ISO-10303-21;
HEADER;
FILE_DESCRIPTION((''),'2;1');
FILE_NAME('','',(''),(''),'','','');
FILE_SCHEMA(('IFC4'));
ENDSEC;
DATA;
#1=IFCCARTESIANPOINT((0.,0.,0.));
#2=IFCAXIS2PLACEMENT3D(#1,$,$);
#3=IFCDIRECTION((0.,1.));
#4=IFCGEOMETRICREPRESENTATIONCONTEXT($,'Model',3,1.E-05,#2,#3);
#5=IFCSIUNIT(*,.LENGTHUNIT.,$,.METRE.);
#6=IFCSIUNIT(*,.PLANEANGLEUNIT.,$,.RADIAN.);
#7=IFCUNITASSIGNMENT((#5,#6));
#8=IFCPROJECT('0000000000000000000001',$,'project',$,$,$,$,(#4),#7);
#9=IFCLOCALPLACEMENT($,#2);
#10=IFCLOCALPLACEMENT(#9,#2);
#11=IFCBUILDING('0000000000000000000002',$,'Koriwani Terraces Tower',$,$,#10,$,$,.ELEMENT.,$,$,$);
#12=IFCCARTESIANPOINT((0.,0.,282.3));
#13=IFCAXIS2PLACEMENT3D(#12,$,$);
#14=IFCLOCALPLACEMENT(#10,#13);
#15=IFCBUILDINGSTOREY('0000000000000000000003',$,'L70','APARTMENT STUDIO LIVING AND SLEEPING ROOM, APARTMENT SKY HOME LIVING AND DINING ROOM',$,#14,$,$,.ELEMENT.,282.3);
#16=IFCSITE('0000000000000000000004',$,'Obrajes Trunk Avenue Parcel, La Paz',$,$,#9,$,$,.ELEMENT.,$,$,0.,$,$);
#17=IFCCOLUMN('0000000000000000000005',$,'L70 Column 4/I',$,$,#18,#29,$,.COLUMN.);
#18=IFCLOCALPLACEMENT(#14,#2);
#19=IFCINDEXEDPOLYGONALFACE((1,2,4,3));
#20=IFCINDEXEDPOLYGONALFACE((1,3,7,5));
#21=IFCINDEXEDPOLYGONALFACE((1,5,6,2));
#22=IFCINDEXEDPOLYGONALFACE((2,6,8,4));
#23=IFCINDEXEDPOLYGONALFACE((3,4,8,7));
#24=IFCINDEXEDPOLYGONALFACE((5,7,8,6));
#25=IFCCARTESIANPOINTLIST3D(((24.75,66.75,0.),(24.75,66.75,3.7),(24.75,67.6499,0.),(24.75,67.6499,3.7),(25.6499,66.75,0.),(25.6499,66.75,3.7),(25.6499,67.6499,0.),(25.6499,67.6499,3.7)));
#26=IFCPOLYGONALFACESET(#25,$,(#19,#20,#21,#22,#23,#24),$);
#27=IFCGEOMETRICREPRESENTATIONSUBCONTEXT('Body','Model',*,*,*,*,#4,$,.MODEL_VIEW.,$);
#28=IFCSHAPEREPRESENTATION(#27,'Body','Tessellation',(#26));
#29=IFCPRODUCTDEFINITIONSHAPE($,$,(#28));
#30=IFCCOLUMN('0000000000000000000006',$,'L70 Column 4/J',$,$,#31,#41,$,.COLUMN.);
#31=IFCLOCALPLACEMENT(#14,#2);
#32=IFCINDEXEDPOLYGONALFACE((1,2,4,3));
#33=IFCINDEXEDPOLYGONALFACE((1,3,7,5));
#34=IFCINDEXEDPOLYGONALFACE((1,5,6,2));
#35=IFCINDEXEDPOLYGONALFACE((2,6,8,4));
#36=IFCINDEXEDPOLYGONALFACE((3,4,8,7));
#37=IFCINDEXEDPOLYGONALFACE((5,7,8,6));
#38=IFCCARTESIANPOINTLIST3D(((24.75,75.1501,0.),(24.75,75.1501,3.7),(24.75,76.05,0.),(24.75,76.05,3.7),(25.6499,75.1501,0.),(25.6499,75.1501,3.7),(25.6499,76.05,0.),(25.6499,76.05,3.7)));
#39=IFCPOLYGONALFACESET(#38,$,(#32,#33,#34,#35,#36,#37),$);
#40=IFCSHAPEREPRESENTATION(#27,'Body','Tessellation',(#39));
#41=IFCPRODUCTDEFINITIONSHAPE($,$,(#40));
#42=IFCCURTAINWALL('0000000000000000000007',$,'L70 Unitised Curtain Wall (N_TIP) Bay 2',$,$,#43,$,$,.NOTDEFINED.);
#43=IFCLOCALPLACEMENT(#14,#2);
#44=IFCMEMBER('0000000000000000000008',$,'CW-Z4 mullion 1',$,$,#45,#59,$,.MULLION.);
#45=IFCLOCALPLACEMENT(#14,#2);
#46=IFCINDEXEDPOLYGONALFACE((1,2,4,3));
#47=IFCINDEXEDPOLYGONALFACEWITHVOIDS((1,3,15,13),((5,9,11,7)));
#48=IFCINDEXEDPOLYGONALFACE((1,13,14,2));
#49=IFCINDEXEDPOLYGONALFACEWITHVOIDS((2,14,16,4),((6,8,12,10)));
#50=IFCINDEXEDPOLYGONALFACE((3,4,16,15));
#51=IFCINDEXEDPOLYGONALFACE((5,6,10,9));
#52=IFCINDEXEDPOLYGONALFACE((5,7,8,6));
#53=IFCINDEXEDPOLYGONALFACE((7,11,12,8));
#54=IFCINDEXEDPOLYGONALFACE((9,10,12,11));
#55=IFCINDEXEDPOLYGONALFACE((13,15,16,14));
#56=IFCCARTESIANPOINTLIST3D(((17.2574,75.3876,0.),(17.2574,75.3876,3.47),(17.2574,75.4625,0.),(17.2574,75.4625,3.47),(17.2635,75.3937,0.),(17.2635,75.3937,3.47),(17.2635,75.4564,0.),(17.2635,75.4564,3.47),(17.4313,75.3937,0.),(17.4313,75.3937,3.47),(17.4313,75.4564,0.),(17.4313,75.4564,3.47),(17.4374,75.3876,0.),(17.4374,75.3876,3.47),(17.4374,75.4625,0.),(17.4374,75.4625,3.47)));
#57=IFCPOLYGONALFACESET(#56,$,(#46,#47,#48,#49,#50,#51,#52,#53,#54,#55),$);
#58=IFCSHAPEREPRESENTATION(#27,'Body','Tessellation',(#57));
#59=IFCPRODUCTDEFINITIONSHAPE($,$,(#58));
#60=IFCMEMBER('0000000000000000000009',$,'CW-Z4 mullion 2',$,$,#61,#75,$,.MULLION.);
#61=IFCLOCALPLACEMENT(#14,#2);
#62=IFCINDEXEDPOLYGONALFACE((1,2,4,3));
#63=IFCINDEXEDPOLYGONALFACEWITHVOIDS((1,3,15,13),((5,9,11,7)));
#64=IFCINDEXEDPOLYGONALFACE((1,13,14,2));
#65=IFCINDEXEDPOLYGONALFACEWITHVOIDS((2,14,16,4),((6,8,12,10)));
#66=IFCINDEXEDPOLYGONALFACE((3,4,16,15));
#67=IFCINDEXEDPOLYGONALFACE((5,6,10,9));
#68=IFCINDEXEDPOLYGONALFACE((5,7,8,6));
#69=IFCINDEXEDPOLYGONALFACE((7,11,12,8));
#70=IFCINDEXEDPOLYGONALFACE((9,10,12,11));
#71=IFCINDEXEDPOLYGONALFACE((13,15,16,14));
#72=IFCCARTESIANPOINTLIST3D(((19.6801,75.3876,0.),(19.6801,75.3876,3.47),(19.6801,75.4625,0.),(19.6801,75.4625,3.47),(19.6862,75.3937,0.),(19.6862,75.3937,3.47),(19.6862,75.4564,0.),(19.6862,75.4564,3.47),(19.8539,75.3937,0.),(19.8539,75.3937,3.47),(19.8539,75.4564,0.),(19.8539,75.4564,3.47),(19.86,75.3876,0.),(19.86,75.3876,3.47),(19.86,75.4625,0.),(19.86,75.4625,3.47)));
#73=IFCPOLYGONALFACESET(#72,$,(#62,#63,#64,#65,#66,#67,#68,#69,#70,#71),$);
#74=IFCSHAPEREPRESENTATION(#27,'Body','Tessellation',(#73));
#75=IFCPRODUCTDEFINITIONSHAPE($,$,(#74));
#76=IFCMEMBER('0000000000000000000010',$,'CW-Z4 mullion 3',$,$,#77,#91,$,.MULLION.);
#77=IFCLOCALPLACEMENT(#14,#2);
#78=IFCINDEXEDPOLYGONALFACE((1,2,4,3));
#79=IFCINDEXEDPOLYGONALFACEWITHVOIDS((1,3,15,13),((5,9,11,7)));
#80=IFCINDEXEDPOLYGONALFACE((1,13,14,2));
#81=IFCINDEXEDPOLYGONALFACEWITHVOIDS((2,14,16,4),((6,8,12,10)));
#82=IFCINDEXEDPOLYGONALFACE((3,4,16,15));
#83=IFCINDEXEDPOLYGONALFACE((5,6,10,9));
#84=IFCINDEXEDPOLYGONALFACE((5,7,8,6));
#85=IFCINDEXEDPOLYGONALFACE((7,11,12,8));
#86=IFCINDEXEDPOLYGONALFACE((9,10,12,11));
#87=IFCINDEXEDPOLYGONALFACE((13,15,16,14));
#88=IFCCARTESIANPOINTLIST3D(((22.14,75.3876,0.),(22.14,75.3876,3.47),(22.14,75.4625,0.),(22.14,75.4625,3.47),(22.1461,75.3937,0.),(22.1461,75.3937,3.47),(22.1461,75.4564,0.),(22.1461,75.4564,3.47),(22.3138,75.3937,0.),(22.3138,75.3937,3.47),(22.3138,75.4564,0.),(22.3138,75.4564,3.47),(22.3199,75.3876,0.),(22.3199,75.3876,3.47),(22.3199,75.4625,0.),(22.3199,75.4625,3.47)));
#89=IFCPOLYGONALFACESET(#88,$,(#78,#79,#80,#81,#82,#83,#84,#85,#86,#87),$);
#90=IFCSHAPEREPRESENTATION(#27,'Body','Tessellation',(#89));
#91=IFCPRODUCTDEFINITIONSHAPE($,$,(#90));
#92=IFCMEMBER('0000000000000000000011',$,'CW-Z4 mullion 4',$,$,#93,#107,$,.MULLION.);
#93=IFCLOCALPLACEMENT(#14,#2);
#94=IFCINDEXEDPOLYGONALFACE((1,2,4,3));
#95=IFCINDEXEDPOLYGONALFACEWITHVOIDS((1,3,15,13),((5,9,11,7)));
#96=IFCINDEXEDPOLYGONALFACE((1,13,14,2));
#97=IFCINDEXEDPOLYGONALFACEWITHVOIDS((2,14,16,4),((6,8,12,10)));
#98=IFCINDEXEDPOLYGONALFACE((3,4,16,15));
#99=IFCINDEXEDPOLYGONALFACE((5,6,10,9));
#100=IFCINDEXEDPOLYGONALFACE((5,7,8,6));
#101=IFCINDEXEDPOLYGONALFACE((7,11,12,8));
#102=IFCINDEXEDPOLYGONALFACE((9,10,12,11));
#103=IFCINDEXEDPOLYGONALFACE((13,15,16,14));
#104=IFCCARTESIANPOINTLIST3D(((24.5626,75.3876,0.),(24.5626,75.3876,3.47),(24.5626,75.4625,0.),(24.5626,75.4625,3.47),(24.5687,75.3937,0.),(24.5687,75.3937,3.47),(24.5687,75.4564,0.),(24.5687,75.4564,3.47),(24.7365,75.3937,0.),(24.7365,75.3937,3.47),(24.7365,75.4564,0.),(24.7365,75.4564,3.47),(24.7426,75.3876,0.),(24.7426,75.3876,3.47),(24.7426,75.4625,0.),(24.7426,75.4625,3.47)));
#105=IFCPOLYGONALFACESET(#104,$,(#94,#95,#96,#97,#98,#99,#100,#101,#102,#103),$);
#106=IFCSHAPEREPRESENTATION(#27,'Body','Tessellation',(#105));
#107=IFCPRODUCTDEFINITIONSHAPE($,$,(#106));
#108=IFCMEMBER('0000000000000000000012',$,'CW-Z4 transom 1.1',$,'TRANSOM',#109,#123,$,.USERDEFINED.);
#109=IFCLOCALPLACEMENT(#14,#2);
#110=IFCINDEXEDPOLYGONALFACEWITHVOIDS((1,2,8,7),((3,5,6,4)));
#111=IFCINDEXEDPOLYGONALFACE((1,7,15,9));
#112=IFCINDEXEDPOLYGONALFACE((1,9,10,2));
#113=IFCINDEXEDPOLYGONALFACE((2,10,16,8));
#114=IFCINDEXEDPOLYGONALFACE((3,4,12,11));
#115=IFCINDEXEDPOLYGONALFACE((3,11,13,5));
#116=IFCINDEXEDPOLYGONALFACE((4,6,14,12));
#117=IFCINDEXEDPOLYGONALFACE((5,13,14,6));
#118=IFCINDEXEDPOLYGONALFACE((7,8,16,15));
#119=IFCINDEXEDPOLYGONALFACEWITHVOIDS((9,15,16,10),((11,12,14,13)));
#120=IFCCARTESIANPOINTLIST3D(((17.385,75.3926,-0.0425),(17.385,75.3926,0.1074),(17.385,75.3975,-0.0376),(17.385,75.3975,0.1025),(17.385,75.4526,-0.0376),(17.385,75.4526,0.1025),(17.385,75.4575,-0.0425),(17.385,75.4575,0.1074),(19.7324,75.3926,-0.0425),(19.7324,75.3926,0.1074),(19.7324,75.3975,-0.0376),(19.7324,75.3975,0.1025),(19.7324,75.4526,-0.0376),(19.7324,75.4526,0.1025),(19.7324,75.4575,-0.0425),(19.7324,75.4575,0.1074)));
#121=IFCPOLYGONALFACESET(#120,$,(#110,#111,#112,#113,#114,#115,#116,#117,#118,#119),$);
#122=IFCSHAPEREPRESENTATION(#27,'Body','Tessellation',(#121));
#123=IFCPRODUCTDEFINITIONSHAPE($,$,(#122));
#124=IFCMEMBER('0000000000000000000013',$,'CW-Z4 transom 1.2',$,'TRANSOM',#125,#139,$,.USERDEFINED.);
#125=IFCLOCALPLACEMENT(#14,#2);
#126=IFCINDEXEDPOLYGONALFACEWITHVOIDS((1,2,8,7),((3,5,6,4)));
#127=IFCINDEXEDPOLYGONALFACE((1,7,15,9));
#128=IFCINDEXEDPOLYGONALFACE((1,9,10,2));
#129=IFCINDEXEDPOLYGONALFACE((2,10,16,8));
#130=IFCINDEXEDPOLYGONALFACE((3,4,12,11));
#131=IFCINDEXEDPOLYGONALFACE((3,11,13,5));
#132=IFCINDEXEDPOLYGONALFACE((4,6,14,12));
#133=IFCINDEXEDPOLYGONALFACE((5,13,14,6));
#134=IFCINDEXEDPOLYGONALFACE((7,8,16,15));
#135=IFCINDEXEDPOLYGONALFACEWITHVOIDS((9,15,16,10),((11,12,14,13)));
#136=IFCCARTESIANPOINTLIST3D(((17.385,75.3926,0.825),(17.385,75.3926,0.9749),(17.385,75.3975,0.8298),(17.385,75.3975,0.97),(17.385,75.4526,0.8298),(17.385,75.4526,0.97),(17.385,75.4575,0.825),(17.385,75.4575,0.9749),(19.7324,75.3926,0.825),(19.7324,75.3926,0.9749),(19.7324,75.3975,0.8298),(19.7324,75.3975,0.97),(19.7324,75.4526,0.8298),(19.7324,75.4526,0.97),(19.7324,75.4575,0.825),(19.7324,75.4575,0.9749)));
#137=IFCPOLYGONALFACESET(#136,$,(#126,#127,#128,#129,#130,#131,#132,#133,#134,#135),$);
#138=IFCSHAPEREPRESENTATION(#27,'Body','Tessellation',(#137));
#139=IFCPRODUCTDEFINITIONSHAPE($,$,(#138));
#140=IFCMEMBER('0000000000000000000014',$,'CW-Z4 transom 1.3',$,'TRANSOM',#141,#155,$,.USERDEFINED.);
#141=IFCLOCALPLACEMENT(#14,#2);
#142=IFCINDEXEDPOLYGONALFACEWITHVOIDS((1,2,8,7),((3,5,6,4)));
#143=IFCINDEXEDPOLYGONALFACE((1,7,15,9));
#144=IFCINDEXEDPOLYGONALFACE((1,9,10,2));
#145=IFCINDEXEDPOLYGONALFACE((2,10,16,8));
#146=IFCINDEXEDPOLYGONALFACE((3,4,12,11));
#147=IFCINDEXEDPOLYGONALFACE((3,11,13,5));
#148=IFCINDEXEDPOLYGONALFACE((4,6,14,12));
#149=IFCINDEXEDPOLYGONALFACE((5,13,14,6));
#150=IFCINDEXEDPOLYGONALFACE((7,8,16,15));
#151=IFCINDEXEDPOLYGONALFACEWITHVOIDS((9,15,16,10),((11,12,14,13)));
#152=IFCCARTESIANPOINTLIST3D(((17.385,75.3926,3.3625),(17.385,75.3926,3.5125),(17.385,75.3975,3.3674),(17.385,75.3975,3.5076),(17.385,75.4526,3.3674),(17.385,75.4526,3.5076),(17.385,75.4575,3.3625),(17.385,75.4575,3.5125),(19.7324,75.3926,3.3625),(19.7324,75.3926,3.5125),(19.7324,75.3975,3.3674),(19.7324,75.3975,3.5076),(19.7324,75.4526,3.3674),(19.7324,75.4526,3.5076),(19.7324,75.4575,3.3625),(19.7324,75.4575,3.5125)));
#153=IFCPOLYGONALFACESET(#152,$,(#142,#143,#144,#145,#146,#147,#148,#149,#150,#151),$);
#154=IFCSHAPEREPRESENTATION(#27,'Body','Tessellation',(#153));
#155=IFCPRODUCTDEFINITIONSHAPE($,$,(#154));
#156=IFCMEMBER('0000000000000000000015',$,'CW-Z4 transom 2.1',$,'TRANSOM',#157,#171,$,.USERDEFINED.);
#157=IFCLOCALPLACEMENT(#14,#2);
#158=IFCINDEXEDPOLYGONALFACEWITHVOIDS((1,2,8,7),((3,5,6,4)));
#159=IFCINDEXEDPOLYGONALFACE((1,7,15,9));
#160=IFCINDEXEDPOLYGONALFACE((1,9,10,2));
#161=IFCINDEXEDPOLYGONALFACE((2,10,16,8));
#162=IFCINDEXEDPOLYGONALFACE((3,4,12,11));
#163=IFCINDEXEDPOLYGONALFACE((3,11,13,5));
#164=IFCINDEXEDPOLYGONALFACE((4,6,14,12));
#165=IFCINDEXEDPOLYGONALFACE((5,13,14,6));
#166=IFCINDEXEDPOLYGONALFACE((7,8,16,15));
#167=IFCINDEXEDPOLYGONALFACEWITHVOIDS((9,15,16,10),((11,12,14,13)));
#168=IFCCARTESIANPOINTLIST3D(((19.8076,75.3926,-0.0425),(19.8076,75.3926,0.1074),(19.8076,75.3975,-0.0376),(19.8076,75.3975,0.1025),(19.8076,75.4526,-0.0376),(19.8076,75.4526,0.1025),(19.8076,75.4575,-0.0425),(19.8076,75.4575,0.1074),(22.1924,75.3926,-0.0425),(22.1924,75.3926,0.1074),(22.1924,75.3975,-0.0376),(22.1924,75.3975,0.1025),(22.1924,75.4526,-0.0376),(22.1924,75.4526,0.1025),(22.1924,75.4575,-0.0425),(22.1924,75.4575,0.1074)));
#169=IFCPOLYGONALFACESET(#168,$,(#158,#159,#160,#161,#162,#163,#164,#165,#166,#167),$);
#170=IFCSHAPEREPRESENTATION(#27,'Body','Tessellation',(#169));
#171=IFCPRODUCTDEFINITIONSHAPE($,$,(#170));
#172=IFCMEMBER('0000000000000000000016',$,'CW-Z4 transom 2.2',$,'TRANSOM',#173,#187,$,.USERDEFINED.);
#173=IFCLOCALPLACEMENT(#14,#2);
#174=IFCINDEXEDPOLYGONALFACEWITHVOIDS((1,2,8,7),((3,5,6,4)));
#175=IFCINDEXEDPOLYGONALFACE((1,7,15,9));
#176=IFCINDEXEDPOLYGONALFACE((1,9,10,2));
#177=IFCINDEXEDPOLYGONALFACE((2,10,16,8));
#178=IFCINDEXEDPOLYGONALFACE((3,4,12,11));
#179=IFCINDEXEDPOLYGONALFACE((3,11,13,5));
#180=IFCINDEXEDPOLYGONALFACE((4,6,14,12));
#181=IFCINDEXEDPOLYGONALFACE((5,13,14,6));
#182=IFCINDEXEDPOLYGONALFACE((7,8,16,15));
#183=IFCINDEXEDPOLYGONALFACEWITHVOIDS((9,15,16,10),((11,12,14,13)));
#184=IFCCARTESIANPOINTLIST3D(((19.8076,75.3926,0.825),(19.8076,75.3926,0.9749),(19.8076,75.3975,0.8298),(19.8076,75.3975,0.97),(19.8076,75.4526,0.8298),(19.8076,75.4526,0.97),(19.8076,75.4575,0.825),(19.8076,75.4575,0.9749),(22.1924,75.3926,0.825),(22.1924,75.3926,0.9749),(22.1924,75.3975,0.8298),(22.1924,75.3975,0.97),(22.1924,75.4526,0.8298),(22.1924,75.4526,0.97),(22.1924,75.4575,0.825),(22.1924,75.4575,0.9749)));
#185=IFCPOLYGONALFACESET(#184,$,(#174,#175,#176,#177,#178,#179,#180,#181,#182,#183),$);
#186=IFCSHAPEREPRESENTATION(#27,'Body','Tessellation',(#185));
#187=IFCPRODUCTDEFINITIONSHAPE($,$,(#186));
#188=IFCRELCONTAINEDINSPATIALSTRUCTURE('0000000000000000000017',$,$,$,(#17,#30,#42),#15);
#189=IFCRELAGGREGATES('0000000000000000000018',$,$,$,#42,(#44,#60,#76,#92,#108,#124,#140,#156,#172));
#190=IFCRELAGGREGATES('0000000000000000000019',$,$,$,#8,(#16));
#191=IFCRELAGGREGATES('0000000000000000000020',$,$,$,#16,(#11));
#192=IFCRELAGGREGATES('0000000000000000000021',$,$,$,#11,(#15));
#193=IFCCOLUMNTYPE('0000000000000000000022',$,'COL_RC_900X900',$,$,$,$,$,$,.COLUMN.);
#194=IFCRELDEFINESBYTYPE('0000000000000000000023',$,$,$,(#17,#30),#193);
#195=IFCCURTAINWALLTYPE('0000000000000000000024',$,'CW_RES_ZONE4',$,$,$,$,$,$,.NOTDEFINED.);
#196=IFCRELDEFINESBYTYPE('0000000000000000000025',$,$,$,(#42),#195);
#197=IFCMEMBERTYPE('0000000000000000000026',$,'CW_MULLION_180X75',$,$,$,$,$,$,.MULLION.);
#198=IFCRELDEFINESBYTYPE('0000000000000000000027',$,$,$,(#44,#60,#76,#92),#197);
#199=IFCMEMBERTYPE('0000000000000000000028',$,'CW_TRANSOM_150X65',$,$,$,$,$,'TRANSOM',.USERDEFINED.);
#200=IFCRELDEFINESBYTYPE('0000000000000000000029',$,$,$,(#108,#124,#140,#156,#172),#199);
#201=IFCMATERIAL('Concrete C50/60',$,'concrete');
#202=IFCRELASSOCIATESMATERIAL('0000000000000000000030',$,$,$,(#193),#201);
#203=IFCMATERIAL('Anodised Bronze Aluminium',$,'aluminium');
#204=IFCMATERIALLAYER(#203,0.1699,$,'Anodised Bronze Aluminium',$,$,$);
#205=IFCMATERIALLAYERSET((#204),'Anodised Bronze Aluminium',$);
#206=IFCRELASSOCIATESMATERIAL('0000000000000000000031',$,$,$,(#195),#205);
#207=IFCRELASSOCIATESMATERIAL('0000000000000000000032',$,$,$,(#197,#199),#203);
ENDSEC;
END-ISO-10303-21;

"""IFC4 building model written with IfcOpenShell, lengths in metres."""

from ifc_helpers import new_model, si_unit, direction, frame, origin, origin_2d, place, context, subcontext, project, spatial, rectangle, hollow_rectangle, extrude, material, layer, layer_set, material_profile, profile_set, type_object, element, aggregate, save


model = new_model("IFC4")

# Units and contexts
model_context = context("Model", 3, precision=1e-05, world=origin(), true_north=direction((0.0, 1.0)))
body_context = subcontext(model_context, "Body", "Model", "MODEL_VIEW")
ifc_project = project(units=[si_unit("LENGTHUNIT", "METRE"), si_unit("PLANEANGLEUNIT", "RADIAN")], contexts=[model_context])

# Site, building, storey
site_placement = place(None, origin())
site = spatial("IfcSite", under=ifc_project, at=site_placement, Name="Obrajes Trunk Avenue Parcel, La Paz", CompositionType="ELEMENT", RefElevation=0.0)
building_placement = place(site_placement, origin())
building = spatial("IfcBuilding", under=site, at=building_placement, Name="Koriwani Terraces Tower", CompositionType="ELEMENT")
storey_placement = place(building_placement, frame((0.0, 0.0, 282.3)))
storey = spatial("IfcBuildingStorey", under=building, at=storey_placement, Name="L70", Description="APARTMENT STUDIO LIVING AND SLEEPING ROOM, APARTMENT SKY HOME LIVING AND DINING ROOM", CompositionType="ELEMENT", Elevation=282.3)

# Columns
ifc_material_1 = material(Name="Concrete C50/60", Category="concrete")
ifc_material_profile_1 = material_profile(ifc_material_1, rectangle(XDim=0.8999, YDim=0.8999, at=origin_2d()), Name="Concrete C50/60", Category="LoadBearing")
ifc_profile_set_1 = profile_set([ifc_material_profile_1], Name="Concrete C50/60")
column_type = type_object("IfcColumnType", Name="COL_RC_900X900", PredefinedType="COLUMN", material=ifc_profile_set_1)
for number, where, z_axis, x_axis, name in (
    (1, (25.2, 67.2, 0.0), (0.0, 0.0, 1.0), (1.0, 0.0, 0.0), "L70 Column 4/I"),
    (2, (25.2, 75.6001, 0.0), (0.0, 0.0, 1.0), (1.0, 0.0, 0.0), "L70 Column 4/J"),
):
    element("IfcColumn", number, at=place(storey_placement, frame(where, z_axis=z_axis, x_axis=x_axis)), inside=storey, type_object=column_type, Name=name, PredefinedType="COLUMN", context=body_context, shape_type="SweptSolid", body=[
        extrude(rectangle(XDim=0.8999, YDim=0.8999, at=origin_2d()), origin(), (0.0, 0.0, 1.0), 3.7),
    ])

# Curtain wall, members
ifc_material_2 = material(Name="Anodised Bronze Aluminium", Category="aluminium")
ifc_layer_1 = layer(ifc_material_2, 0.1699, Name="Anodised Bronze Aluminium")
ifc_layer_set_1 = layer_set([ifc_layer_1], Name="Anodised Bronze Aluminium")
curtain_wall_type = type_object("IfcCurtainWallType", Name="CW_RES_ZONE4", PredefinedType="NOTDEFINED", material=ifc_layer_set_1)
curtain_wall_placement = place(storey_placement, origin())
curtain_wall = element("IfcCurtainWall", 3, at=curtain_wall_placement, inside=storey, type_object=curtain_wall_type, Name="L70 Unitised Curtain Wall (N_TIP) Bay 2", PredefinedType="NOTDEFINED")
ifc_material_profile_2 = material_profile(ifc_material_2, hollow_rectangle(XDim=0.075, YDim=0.1799, WallThickness=0.0061, at=origin_2d()), Name="Anodised Bronze Aluminium", Category="LoadBearing")
ifc_profile_set_2 = profile_set([ifc_material_profile_2], Name="Anodised Bronze Aluminium")
member_type_1 = type_object("IfcMemberType", Name="CW_MULLION_180X75", PredefinedType="MULLION", material=ifc_profile_set_2)
member_1_placement = place(storey_placement, frame((17.3474, 75.425, 0.0), z_axis=(0.0, 0.0, 1.0), x_axis=(0.0, 1.0, 0.0)))
member_1 = element("IfcMember", 4, at=member_1_placement, type_object=member_type_1, Name="CW-Z4 mullion 1", PredefinedType="MULLION", context=body_context, shape_type="SweptSolid", body=[
    extrude(hollow_rectangle(XDim=0.075, YDim=0.1799, WallThickness=0.0061, at=origin_2d()), origin(), (0.0, 0.0, 1.0), 3.47),
])
member_2_placement = place(storey_placement, frame((19.77, 75.425, 0.0), z_axis=(0.0, 0.0, 1.0), x_axis=(0.0, 1.0, 0.0)))
member_2 = element("IfcMember", 5, at=member_2_placement, type_object=member_type_1, Name="CW-Z4 mullion 2", PredefinedType="MULLION", context=body_context, shape_type="SweptSolid", body=[
    extrude(hollow_rectangle(XDim=0.075, YDim=0.1799, WallThickness=0.0061, at=origin_2d()), origin(), (0.0, 0.0, 1.0), 3.47),
])
member_3_placement = place(storey_placement, frame((22.23, 75.425, 0.0), z_axis=(0.0, 0.0, 1.0), x_axis=(0.0, 1.0, 0.0)))
member_3 = element("IfcMember", 6, at=member_3_placement, type_object=member_type_1, Name="CW-Z4 mullion 3", PredefinedType="MULLION", context=body_context, shape_type="SweptSolid", body=[
    extrude(hollow_rectangle(XDim=0.075, YDim=0.1799, WallThickness=0.0061, at=origin_2d()), origin(), (0.0, 0.0, 1.0), 3.47),
])
member_4_placement = place(storey_placement, frame((24.6526, 75.425, 0.0), z_axis=(0.0, 0.0, 1.0), x_axis=(0.0, 1.0, 0.0)))
member_4 = element("IfcMember", 7, at=member_4_placement, type_object=member_type_1, Name="CW-Z4 mullion 4", PredefinedType="MULLION", context=body_context, shape_type="SweptSolid", body=[
    extrude(hollow_rectangle(XDim=0.075, YDim=0.1799, WallThickness=0.0061, at=origin_2d()), origin(), (0.0, 0.0, 1.0), 3.47),
])
ifc_material_profile_3 = material_profile(ifc_material_2, hollow_rectangle(XDim=0.0649, YDim=0.1499, WallThickness=0.0049, at=origin_2d()), Name="Anodised Bronze Aluminium", Category="LoadBearing")
ifc_profile_set_3 = profile_set([ifc_material_profile_3], Name="Anodised Bronze Aluminium")
member_type_2 = type_object("IfcMemberType", Name="CW_TRANSOM_150X65", ElementType="TRANSOM", PredefinedType="USERDEFINED", material=ifc_profile_set_3)
member_5_placement = place(storey_placement, frame((17.385, 75.425, 0.0325), z_axis=(1.0, 0.0, 0.0), x_axis=(0.0, 1.0, 0.0)))
member_5 = element("IfcMember", 8, at=member_5_placement, type_object=member_type_2, Name="CW-Z4 transom 1.1", ObjectType="TRANSOM", PredefinedType="USERDEFINED", context=body_context, shape_type="SweptSolid", body=[
    extrude(hollow_rectangle(XDim=0.0649, YDim=0.1499, WallThickness=0.0049, at=origin_2d()), origin(), (0.0, 0.0, 1.0), 2.3474),
])
member_6_placement = place(storey_placement, frame((17.385, 75.425, 0.8999), z_axis=(1.0, 0.0, 0.0), x_axis=(0.0, 1.0, 0.0)))
member_6 = element("IfcMember", 9, at=member_6_placement, type_object=member_type_2, Name="CW-Z4 transom 1.2", ObjectType="TRANSOM", PredefinedType="USERDEFINED", context=body_context, shape_type="SweptSolid", body=[
    extrude(hollow_rectangle(XDim=0.0649, YDim=0.1499, WallThickness=0.0049, at=origin_2d()), origin(), (0.0, 0.0, 1.0), 2.3474),
])
member_7_placement = place(storey_placement, frame((17.385, 75.425, 3.4375), z_axis=(1.0, 0.0, 0.0), x_axis=(0.0, 1.0, 0.0)))
member_7 = element("IfcMember", 10, at=member_7_placement, type_object=member_type_2, Name="CW-Z4 transom 1.3", ObjectType="TRANSOM", PredefinedType="USERDEFINED", context=body_context, shape_type="SweptSolid", body=[
    extrude(hollow_rectangle(XDim=0.0649, YDim=0.1499, WallThickness=0.0049, at=origin_2d()), origin(), (0.0, 0.0, 1.0), 2.3474),
])
member_8_placement = place(storey_placement, frame((19.8076, 75.425, 0.0325), z_axis=(1.0, 0.0, 0.0), x_axis=(0.0, 1.0, 0.0)))
member_8 = element("IfcMember", 11, at=member_8_placement, type_object=member_type_2, Name="CW-Z4 transom 2.1", ObjectType="TRANSOM", PredefinedType="USERDEFINED", context=body_context, shape_type="SweptSolid", body=[
    extrude(hollow_rectangle(XDim=0.0649, YDim=0.1499, WallThickness=0.0049, at=origin_2d()), origin(), (0.0, 0.0, 1.0), 2.3848),
])
member_9_placement = place(storey_placement, frame((19.8076, 75.425, 0.8999), z_axis=(1.0, 0.0, 0.0), x_axis=(0.0, 1.0, 0.0)))
member_9 = element("IfcMember", 12, at=member_9_placement, type_object=member_type_2, Name="CW-Z4 transom 2.2", ObjectType="TRANSOM", PredefinedType="USERDEFINED", context=body_context, shape_type="SweptSolid", body=[
    extrude(hollow_rectangle(XDim=0.0649, YDim=0.1499, WallThickness=0.0049, at=origin_2d()), origin(), (0.0, 0.0, 1.0), 2.3848),
])

aggregate(curtain_wall, [member_1, member_2, member_3, member_4, member_5, member_6, member_7, member_8, member_9])

save(model, "model.ifc")
